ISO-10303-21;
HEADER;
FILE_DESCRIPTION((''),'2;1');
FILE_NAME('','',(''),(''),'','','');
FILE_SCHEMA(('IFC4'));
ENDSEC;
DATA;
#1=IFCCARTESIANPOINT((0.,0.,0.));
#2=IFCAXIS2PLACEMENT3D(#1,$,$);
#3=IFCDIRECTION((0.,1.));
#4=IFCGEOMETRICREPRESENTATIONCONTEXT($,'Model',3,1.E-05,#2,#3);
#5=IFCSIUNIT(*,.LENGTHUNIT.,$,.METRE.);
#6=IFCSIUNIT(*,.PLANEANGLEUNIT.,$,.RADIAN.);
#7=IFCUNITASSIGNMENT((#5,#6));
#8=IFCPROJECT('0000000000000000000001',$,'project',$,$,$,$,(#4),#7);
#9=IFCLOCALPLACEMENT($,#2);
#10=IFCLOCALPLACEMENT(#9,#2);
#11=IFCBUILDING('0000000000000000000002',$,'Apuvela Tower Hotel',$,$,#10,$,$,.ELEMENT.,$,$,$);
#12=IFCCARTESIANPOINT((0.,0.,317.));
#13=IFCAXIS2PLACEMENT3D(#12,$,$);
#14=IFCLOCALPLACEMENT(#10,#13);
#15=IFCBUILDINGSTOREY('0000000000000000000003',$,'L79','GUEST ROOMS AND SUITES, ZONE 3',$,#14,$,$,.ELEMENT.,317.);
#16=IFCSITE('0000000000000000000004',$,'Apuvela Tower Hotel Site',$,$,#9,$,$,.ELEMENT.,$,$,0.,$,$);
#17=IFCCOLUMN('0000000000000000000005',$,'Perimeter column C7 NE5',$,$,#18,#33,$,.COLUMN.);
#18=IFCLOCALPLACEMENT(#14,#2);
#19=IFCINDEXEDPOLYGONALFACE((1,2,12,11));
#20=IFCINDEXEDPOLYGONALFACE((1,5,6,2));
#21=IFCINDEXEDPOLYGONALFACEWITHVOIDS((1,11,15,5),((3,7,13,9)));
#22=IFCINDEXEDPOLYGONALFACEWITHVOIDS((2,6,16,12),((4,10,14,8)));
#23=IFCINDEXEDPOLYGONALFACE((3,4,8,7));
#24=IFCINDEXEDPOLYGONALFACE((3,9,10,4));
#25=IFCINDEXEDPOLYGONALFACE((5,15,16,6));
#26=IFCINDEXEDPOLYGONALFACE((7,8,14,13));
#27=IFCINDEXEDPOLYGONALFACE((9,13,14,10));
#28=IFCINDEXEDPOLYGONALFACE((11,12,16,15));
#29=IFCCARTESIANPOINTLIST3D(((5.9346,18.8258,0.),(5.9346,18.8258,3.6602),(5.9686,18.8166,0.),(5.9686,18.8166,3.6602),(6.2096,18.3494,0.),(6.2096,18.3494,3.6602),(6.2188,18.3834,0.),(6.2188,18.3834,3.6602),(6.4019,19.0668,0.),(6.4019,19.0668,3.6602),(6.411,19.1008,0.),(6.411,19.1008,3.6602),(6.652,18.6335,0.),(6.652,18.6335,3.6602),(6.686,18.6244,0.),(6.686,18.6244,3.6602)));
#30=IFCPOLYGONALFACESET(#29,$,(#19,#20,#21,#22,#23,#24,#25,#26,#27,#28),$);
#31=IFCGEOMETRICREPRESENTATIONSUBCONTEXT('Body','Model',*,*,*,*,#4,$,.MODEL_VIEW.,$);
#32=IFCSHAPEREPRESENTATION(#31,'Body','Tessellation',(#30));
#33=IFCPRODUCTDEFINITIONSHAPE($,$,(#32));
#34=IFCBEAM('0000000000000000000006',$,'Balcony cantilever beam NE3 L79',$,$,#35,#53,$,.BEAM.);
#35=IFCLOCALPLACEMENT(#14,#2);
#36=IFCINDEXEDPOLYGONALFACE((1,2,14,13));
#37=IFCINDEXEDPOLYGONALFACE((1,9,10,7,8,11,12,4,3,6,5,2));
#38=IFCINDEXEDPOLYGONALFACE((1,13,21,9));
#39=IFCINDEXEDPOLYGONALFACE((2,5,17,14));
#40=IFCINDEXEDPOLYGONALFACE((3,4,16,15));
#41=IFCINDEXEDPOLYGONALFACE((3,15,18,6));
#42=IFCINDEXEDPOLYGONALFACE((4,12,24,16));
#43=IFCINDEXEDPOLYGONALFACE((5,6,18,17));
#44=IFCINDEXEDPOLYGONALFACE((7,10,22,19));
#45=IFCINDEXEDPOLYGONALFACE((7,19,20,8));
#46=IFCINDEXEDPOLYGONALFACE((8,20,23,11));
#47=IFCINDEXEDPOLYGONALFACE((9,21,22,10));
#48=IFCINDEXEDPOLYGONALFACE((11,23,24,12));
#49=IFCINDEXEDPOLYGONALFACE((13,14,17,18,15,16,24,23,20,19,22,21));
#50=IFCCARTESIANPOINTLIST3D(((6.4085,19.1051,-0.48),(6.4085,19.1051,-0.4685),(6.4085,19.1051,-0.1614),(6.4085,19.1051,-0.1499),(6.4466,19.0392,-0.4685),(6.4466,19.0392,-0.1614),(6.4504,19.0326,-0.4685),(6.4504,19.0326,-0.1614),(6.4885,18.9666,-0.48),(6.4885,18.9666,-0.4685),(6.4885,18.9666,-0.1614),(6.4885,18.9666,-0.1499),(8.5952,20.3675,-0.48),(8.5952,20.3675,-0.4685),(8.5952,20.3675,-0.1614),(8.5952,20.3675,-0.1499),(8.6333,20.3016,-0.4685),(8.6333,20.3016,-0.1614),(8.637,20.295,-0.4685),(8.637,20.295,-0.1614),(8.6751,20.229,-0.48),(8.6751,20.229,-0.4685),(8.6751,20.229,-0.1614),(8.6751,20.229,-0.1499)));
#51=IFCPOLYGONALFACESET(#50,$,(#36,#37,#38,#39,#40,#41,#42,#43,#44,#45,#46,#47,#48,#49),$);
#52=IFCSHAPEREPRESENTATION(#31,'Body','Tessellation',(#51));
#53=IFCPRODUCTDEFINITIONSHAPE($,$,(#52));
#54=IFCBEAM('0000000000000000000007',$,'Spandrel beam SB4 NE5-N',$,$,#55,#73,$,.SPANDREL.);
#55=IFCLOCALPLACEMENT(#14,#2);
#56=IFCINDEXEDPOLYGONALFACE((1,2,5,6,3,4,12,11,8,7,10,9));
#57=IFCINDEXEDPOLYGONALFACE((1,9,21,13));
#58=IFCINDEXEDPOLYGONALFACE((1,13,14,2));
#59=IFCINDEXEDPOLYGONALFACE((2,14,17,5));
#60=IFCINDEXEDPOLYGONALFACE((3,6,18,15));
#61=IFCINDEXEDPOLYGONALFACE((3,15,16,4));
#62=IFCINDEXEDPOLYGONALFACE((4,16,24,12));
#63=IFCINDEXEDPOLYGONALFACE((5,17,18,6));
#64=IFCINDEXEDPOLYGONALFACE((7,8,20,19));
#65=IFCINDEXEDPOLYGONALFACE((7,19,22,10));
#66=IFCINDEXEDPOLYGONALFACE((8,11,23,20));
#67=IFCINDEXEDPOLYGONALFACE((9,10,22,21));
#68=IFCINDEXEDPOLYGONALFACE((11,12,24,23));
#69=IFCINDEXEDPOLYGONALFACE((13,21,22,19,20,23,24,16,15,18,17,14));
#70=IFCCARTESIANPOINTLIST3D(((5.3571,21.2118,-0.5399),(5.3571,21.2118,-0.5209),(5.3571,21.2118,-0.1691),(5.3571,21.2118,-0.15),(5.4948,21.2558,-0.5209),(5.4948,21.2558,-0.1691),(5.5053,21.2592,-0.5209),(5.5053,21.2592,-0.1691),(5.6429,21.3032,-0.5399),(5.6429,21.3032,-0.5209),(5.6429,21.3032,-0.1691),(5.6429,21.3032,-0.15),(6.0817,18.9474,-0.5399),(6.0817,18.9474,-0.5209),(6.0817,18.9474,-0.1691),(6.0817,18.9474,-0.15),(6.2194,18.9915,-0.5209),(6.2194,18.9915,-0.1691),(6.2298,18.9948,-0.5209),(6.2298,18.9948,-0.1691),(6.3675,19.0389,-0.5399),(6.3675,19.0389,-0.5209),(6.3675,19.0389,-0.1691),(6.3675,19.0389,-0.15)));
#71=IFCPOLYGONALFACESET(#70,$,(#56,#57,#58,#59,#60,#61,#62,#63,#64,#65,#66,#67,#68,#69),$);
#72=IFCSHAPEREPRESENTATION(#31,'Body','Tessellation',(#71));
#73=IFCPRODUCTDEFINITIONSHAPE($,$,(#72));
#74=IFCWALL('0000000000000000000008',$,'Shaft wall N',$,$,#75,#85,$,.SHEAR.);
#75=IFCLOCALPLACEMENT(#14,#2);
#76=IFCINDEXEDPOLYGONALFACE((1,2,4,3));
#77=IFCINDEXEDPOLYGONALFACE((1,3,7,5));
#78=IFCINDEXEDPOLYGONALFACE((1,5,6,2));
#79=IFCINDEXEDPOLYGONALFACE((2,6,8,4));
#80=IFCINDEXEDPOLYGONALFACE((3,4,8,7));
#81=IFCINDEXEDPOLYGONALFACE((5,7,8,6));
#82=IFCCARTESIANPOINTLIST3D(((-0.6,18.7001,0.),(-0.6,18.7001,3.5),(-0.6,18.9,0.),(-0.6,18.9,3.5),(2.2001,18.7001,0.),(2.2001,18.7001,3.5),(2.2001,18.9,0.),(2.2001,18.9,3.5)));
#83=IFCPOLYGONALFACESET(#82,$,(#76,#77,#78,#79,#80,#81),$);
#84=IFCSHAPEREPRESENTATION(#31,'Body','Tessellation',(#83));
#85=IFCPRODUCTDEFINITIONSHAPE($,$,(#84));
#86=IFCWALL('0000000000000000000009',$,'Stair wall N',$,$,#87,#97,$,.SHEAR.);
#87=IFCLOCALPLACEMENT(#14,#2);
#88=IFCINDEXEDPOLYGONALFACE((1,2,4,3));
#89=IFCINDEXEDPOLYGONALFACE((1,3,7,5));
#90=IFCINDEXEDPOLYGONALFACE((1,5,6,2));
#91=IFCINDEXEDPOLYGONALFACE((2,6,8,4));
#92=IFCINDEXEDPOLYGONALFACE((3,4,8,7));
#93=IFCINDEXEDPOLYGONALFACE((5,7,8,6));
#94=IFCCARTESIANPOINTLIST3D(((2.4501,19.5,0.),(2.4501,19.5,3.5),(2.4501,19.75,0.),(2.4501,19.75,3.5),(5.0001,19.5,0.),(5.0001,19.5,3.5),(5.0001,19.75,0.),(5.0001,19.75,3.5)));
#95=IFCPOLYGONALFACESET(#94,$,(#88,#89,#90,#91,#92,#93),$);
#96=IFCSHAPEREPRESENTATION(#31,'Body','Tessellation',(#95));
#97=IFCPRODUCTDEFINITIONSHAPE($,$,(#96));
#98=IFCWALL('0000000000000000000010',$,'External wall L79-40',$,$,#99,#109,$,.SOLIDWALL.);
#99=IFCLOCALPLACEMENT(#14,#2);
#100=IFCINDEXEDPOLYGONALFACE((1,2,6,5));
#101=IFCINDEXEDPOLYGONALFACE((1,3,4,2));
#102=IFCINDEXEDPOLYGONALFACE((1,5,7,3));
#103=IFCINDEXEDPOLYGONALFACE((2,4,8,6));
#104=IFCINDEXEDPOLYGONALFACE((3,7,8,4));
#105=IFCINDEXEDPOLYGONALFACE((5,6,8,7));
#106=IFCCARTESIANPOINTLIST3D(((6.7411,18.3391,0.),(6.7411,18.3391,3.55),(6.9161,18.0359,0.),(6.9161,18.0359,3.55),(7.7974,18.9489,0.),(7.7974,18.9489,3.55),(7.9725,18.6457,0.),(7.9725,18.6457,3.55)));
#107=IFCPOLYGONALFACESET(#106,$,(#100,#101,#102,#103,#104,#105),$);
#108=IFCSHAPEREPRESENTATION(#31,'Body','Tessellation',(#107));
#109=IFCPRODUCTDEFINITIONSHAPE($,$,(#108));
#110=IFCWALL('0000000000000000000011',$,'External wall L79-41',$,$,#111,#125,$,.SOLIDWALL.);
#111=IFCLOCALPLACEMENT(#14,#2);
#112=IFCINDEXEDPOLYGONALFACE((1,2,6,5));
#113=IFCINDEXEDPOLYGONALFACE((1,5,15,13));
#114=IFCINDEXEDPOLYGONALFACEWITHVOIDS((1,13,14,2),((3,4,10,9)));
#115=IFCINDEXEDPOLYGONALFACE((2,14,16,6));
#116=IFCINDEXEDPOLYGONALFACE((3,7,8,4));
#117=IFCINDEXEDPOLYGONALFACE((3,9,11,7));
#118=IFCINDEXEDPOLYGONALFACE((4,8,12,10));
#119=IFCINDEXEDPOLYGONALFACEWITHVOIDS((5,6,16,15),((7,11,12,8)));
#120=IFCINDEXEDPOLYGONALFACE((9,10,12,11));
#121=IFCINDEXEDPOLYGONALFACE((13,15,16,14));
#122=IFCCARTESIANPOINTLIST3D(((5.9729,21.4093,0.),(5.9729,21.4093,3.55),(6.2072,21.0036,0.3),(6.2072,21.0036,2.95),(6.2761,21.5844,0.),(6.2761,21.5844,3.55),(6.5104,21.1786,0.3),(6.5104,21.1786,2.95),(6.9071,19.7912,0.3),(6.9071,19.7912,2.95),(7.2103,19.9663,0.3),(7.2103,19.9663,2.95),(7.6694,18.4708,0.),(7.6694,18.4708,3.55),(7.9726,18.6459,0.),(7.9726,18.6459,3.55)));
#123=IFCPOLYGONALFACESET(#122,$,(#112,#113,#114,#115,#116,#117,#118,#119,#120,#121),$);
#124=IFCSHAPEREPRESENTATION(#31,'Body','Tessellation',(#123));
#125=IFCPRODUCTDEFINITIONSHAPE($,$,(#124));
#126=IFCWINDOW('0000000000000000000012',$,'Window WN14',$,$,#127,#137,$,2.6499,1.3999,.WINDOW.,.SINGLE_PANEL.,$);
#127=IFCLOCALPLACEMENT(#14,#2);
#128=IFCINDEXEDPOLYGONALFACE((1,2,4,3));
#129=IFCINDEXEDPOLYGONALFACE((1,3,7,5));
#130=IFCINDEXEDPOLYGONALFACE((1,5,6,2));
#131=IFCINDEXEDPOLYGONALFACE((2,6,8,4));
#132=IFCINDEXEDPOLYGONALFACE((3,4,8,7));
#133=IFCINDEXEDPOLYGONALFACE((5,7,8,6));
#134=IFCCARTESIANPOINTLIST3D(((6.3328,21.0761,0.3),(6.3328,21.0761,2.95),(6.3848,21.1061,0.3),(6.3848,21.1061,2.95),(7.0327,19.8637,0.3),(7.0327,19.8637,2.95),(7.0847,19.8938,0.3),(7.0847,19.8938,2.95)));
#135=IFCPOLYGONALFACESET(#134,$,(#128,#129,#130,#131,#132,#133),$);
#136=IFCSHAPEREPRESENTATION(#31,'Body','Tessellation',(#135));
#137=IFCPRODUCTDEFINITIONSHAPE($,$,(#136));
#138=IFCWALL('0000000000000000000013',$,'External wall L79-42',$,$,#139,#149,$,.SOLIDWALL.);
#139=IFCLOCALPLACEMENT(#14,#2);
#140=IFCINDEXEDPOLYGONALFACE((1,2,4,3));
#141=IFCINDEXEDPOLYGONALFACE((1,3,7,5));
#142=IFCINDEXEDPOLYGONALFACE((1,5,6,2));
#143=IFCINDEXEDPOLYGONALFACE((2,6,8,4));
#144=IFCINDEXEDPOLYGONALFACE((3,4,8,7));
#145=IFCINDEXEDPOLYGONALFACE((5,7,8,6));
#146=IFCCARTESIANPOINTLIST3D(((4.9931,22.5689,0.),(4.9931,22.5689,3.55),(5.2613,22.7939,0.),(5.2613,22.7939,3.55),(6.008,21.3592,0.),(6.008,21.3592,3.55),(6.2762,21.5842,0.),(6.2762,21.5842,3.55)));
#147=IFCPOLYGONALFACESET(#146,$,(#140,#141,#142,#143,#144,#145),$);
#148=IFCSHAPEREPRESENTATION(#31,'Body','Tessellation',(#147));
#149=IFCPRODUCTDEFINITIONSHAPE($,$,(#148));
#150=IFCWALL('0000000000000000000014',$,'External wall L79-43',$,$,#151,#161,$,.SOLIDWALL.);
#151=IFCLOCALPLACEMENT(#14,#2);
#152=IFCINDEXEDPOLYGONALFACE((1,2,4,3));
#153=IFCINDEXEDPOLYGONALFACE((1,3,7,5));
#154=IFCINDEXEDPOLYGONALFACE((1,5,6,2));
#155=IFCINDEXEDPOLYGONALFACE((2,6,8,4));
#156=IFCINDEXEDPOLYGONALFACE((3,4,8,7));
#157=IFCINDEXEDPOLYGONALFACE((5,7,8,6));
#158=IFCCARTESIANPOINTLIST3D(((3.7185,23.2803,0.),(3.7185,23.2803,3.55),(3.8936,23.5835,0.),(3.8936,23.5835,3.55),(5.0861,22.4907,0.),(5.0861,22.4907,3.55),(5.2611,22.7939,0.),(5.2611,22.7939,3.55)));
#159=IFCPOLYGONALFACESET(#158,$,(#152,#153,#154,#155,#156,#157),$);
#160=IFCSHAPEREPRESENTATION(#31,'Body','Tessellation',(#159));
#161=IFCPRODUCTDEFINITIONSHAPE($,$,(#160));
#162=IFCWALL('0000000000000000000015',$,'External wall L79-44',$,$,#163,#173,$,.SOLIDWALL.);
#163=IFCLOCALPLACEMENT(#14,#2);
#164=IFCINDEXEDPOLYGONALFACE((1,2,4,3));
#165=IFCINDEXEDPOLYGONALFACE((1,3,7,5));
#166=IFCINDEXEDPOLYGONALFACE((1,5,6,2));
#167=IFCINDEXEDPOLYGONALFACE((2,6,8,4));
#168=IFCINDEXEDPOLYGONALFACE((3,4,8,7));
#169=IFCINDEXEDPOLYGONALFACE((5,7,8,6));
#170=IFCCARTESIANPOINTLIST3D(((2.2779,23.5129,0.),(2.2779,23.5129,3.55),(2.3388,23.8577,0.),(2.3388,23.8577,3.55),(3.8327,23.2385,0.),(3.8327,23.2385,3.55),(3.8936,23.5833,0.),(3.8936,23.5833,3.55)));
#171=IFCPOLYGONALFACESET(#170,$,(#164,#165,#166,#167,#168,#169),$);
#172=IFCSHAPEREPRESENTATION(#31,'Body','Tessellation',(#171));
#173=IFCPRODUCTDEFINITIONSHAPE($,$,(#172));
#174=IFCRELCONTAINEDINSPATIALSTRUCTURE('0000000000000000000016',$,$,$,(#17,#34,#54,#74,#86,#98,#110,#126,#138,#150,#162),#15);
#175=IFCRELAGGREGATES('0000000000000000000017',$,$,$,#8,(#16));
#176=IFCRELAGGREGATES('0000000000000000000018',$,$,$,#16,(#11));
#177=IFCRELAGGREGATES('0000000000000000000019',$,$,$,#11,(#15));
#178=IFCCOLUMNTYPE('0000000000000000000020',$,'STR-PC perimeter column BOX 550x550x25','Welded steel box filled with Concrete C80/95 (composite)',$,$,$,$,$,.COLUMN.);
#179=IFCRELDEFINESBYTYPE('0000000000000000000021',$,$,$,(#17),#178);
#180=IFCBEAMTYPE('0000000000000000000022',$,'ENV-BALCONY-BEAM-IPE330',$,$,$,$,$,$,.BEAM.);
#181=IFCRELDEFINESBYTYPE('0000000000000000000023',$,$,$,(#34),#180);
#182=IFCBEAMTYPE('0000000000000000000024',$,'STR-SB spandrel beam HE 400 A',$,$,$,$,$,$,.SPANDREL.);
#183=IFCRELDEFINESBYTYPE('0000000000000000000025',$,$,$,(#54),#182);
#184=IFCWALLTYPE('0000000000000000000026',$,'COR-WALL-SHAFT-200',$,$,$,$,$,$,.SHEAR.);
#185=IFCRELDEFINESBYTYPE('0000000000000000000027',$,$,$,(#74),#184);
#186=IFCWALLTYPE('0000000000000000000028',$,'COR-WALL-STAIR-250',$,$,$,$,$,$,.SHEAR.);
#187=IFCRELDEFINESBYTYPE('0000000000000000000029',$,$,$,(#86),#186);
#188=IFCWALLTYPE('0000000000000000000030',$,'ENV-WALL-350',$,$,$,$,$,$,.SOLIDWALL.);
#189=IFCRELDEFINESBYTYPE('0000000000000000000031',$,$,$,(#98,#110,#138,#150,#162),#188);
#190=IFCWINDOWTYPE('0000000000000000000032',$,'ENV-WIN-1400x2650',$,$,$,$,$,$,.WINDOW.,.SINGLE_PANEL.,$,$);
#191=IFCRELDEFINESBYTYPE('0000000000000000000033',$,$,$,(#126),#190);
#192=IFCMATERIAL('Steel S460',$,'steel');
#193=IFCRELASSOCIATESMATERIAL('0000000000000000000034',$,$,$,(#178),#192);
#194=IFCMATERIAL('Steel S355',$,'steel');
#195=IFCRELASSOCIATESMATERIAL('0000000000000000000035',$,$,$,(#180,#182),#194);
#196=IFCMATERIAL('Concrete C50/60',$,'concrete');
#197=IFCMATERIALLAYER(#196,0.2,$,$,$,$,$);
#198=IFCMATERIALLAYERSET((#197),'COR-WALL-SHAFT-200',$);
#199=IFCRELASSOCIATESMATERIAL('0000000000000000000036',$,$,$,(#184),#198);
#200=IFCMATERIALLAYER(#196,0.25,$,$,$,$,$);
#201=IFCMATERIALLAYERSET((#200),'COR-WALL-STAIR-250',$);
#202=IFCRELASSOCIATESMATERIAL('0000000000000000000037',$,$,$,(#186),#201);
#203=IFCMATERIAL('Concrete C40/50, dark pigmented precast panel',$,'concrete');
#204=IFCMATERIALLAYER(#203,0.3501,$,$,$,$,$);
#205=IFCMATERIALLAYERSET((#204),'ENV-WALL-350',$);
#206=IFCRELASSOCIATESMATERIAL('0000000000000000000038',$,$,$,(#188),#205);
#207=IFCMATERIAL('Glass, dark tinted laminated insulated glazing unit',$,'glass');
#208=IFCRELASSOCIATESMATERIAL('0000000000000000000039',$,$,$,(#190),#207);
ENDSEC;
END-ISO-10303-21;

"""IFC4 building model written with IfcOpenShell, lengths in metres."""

from ifc_helpers import new_model, si_unit, direction, frame, frame_2d, origin, origin_2d, place, context, subcontext, project, spatial, rectangle, hollow_rectangle, i_section, extrude, boolean, halfspace, material, layer, layer_set, material_profile, profile_set, type_object, element, fill, save


model = new_model("IFC4")

# Units and contexts
model_context = context("Model", 3, precision=1e-05, world=origin(), true_north=direction((0.0, 1.0)))
body_context = subcontext(model_context, "Body", "Model", "MODEL_VIEW")
ifc_project = project(units=[si_unit("LENGTHUNIT", "METRE"), si_unit("PLANEANGLEUNIT", "RADIAN")], contexts=[model_context])

# Site, building, storey
site_placement = place(None, origin())
site = spatial("IfcSite", under=ifc_project, at=site_placement, Name="Apuvela Tower Hotel Site", CompositionType="ELEMENT", RefElevation=0.0)
building_placement = place(site_placement, origin())
building = spatial("IfcBuilding", under=site, at=building_placement, Name="Apuvela Tower Hotel", CompositionType="ELEMENT")
storey_placement = place(building_placement, frame((0.0, 0.0, 317.0)))
storey = spatial("IfcBuildingStorey", under=building, at=storey_placement, Name="L79", Description="GUEST ROOMS AND SUITES, ZONE 3", CompositionType="ELEMENT", Elevation=317.0)

# Column
ifc_material_1 = material(Name="Steel S460", Category="steel")
ifc_material_profile_1 = material_profile(ifc_material_1, hollow_rectangle(XDim=0.55, YDim=0.55, WallThickness=0.0249, at=origin_2d()), Name="BOX 550x550x25")
ifc_material_2 = material(Name="Concrete C80/95", Category="concrete")
ifc_material_profile_2 = material_profile(ifc_material_2, rectangle(XDim=0.5, YDim=0.5, at=origin_2d()), Name="Concrete C80/95 infill")
ifc_profile_set_1 = profile_set([ifc_material_profile_1, ifc_material_profile_2], Name="Steel S460")
column_type = type_object("IfcColumnType", Name="STR-PC perimeter column BOX 550x550x25", Description="Welded steel box filled with Concrete C80/95 (composite)", PredefinedType="COLUMN", material=ifc_profile_set_1)
column_placement = place(storey_placement, frame((6.3103, 18.7251, 0.0), z_axis=(0.0, 0.0, 1.0), x_axis=(-0.5, 0.866025, 0.0)))
element("IfcColumn", 1, at=column_placement, inside=storey, type_object=column_type, Name="Perimeter column C7 NE5", PredefinedType="COLUMN", context=body_context, shape_type="SweptSolid", body=[
    boolean("DIFFERENCE", extrude(hollow_rectangle(XDim=0.55, YDim=0.55, WallThickness=0.0249, at=origin_2d()), origin(), (0.0, 0.0, 1.0), 3.7), halfspace(frame((0.0, 0.0, 3.6602), z_axis=(0.0, 0.0, 1.0), x_axis=(1.0, 0.0, 0.0)), False)),
])

# Beams
ifc_material_3 = material(Name="Steel S355", Category="steel")
ifc_material_profile_3 = material_profile(ifc_material_3, i_section(OverallWidth=0.1599, OverallDepth=0.3301, WebThickness=0.0076, FlangeThickness=0.0115, at=origin_2d()), Name="IPE 330")
ifc_profile_set_2 = profile_set([ifc_material_profile_3], Name="Steel S355")
beam_type_1 = type_object("IfcBeamType", Name="ENV-BALCONY-BEAM-IPE330", PredefinedType="BEAM", material=ifc_profile_set_2)
beam_1_placement = place(storey_placement, frame((6.4485, 19.0359, -0.3149), z_axis=(0.866039, 0.499976, 0.0), x_axis=(-0.499976, 0.866039, 0.0)))
element("IfcBeam", 2, at=beam_1_placement, inside=storey, type_object=beam_type_1, Name="Balcony cantilever beam NE3 L79", PredefinedType="BEAM", context=body_context, shape_type="SweptSolid", body=[
    extrude(i_section(OverallWidth=0.1599, OverallDepth=0.3301, WebThickness=0.0076, FlangeThickness=0.0115, at=origin_2d()), origin(), (0.0, 0.0, 1.0), 2.5249),
])
ifc_material_profile_4 = material_profile(ifc_material_3, i_section(OverallWidth=0.3, OverallDepth=0.3899, WebThickness=0.011, FlangeThickness=0.019, at=origin_2d()), Name="HE 400 A")
ifc_profile_set_3 = profile_set([ifc_material_profile_4], Name="Steel S355")
beam_type_2 = type_object("IfcBeamType", Name="STR-SB spandrel beam HE 400 A", PredefinedType="SPANDREL", material=ifc_profile_set_3)
beam_2_placement = place(storey_placement, frame((6.2246, 18.9932, -0.345), z_axis=(-0.304776, 0.952424, 0.0), x_axis=(-0.952424, -0.304776, 0.0)))
element("IfcBeam", 3, at=beam_2_placement, inside=storey, type_object=beam_type_2, Name="Spandrel beam SB4 NE5-N", PredefinedType="SPANDREL", context=body_context, shape_type="SweptSolid", body=[
    extrude(i_section(OverallWidth=0.3, OverallDepth=0.3899, WebThickness=0.011, FlangeThickness=0.019, at=origin_2d()), origin(), (0.0, 0.0, 1.0), 2.3774),
])

# Walls
ifc_material_4 = material(Name="Concrete C50/60", Category="concrete")
ifc_layer_1 = layer(ifc_material_4, 0.2)
ifc_layer_set_1 = layer_set([ifc_layer_1], Name="COR-WALL-SHAFT-200")
wall_type_1 = type_object("IfcWallType", Name="COR-WALL-SHAFT-200", PredefinedType="SHEAR", material=ifc_layer_set_1)
wall_1_placement = place(storey_placement, frame((2.2, 18.8, 0.0), z_axis=(0.0, 0.0, 1.0), x_axis=(-1.0, 0.0, 0.0)))
element("IfcWall", 4, at=wall_1_placement, inside=storey, type_object=wall_type_1, Name="Shaft wall N", PredefinedType="SHEAR", context=body_context, shape_type="SweptSolid", body=[
    extrude(rectangle(XDim=2.8, YDim=0.2, at=frame_2d((1.3999, 0.0))), origin(), (0.0, 0.0, 1.0), 3.5),
])
ifc_layer_2 = layer(ifc_material_4, 0.25)
ifc_layer_set_2 = layer_set([ifc_layer_2], Name="COR-WALL-STAIR-250")
wall_type_2 = type_object("IfcWallType", Name="COR-WALL-STAIR-250", PredefinedType="SHEAR", material=ifc_layer_set_2)
wall_2_placement = place(storey_placement, frame((5.0, 19.625, 0.0), z_axis=(0.0, 0.0, 1.0), x_axis=(-1.0, 0.0, 0.0)))
element("IfcWall", 5, at=wall_2_placement, inside=storey, type_object=wall_type_2, Name="Stair wall N", PredefinedType="SHEAR", context=body_context, shape_type="SweptSolid", body=[
    extrude(rectangle(XDim=2.55, YDim=0.25, at=frame_2d((1.2749, 0.0))), origin(), (0.0, 0.0, 1.0), 3.5),
])
ifc_material_5 = material(Name="Concrete C40/50, dark pigmented precast panel", Category="concrete")
ifc_layer_3 = layer(ifc_material_5, 0.3501)
ifc_layer_set_3 = layer_set([ifc_layer_3], Name="ENV-WALL-350")
wall_type_3 = type_object("IfcWallType", Name="ENV-WALL-350", PredefinedType="SOLIDWALL", material=ifc_layer_set_3)
wall_3_placement = place(storey_placement, frame((6.8286, 18.1875, 0.0), z_axis=(0.0, 0.0, 1.0), x_axis=(0.866042, 0.499971, 0.0)))
element("IfcWall", 6, at=wall_3_placement, inside=storey, type_object=wall_type_3, Name="External wall L79-40", PredefinedType="SOLIDWALL", context=body_context, shape_type="SweptSolid", body=[
    extrude(rectangle(XDim=1.2197, YDim=0.3501, at=frame_2d((0.6099, 0.0))), origin(), (0.0, 0.0, 1.0), 3.55),
])

# Wall, opening, window
wall_4_placement = place(storey_placement, frame((7.821, 18.5583, 0.0), z_axis=(0.0, 0.0, 1.0), x_axis=(-0.500001, 0.866025, 0.0)))
wall_4 = element("IfcWall", 7, at=wall_4_placement, inside=storey, type_object=wall_type_3, Name="External wall L79-41", PredefinedType="SOLIDWALL", context=body_context, shape_type="SweptSolid", body=[
    extrude(rectangle(XDim=3.3931, YDim=0.3501, at=frame_2d((1.6965, 0.0))), origin(), (0.0, 0.0, 1.0), 3.55),
])
opening_placement = place(wall_4_placement, frame((1.5247, 0.0, 0.3)))
opening = element("IfcOpeningElement", 8, at=opening_placement, cuts=wall_4, PredefinedType="OPENING", context=body_context, shape_type="SweptSolid", body=[
    extrude(rectangle(XDim=1.3999, YDim=2.6499, at=frame_2d((0.7, 1.325))), frame((0.0, 0.1851, 0.0), z_axis=(0.0, -1.0, 0.0), x_axis=(1.0, 0.0, 0.0)), (0.0, 0.0, 1.0), 0.3701),
])
ifc_material_6 = material(Name="Glass, dark tinted laminated insulated glazing unit", Category="glass")
window_type = type_object("IfcWindowType", Name="ENV-WIN-1400x2650", PartitioningType="SINGLE_PANEL", PredefinedType="WINDOW", material=ifc_material_6)
window_placement = place(opening_placement, origin())
window = element("IfcWindow", 9, at=window_placement, inside=storey, type_object=window_type, Name="Window WN14", OverallHeight=2.6499, OverallWidth=1.3999, PartitioningType="SINGLE_PANEL", PredefinedType="WINDOW", context=body_context, shape_type="SweptSolid", body=[
    extrude(rectangle(XDim=1.3999, YDim=2.6499, at=frame_2d((0.7, 1.325))), frame((0.0, 0.03, 0.0), z_axis=(0.0, -1.0, 0.0), x_axis=(1.0, 0.0, 0.0)), (0.0, 0.0, 1.0), 0.0601),
])
fill(opening, window)

# Walls
for number, where, z_axis, x_axis, name in (
    (10, (6.1421, 21.4717, 0.0), (0.0, 0.0, 1.0), (-0.642721, 0.766101, 0.0), "External wall L79-42"),
    (11, (5.1736, 22.6423, 0.0), (0.0, 0.0, 1.0), (-0.866008, 0.50003, 0.0), "External wall L79-43"),
):
    element("IfcWall", number, at=place(storey_placement, frame(where, z_axis=z_axis, x_axis=x_axis)), inside=storey, type_object=wall_type_3, Name=name, PredefinedType="SOLIDWALL", context=body_context, shape_type="SweptSolid", body=[
        extrude(rectangle(XDim=1.5791, YDim=0.3501, at=frame_2d((0.7896, 0.0))), origin(), (0.0, 0.0, 1.0), 3.55),
    ])
wall_5_placement = place(storey_placement, frame((3.8633, 23.4109, 0.0), z_axis=(0.0, 0.0, 1.0), x_axis=(-0.984782, 0.173794, 0.0)))
element("IfcWall", 12, at=wall_5_placement, inside=storey, type_object=wall_type_3, Name="External wall L79-44", PredefinedType="SOLIDWALL", context=body_context, shape_type="SweptSolid", body=[
    extrude(rectangle(XDim=1.5789, YDim=0.3501, at=frame_2d((0.7896, 0.0))), origin(), (0.0, 0.0, 1.0), 3.55),
])

save(model, "model.ifc")
